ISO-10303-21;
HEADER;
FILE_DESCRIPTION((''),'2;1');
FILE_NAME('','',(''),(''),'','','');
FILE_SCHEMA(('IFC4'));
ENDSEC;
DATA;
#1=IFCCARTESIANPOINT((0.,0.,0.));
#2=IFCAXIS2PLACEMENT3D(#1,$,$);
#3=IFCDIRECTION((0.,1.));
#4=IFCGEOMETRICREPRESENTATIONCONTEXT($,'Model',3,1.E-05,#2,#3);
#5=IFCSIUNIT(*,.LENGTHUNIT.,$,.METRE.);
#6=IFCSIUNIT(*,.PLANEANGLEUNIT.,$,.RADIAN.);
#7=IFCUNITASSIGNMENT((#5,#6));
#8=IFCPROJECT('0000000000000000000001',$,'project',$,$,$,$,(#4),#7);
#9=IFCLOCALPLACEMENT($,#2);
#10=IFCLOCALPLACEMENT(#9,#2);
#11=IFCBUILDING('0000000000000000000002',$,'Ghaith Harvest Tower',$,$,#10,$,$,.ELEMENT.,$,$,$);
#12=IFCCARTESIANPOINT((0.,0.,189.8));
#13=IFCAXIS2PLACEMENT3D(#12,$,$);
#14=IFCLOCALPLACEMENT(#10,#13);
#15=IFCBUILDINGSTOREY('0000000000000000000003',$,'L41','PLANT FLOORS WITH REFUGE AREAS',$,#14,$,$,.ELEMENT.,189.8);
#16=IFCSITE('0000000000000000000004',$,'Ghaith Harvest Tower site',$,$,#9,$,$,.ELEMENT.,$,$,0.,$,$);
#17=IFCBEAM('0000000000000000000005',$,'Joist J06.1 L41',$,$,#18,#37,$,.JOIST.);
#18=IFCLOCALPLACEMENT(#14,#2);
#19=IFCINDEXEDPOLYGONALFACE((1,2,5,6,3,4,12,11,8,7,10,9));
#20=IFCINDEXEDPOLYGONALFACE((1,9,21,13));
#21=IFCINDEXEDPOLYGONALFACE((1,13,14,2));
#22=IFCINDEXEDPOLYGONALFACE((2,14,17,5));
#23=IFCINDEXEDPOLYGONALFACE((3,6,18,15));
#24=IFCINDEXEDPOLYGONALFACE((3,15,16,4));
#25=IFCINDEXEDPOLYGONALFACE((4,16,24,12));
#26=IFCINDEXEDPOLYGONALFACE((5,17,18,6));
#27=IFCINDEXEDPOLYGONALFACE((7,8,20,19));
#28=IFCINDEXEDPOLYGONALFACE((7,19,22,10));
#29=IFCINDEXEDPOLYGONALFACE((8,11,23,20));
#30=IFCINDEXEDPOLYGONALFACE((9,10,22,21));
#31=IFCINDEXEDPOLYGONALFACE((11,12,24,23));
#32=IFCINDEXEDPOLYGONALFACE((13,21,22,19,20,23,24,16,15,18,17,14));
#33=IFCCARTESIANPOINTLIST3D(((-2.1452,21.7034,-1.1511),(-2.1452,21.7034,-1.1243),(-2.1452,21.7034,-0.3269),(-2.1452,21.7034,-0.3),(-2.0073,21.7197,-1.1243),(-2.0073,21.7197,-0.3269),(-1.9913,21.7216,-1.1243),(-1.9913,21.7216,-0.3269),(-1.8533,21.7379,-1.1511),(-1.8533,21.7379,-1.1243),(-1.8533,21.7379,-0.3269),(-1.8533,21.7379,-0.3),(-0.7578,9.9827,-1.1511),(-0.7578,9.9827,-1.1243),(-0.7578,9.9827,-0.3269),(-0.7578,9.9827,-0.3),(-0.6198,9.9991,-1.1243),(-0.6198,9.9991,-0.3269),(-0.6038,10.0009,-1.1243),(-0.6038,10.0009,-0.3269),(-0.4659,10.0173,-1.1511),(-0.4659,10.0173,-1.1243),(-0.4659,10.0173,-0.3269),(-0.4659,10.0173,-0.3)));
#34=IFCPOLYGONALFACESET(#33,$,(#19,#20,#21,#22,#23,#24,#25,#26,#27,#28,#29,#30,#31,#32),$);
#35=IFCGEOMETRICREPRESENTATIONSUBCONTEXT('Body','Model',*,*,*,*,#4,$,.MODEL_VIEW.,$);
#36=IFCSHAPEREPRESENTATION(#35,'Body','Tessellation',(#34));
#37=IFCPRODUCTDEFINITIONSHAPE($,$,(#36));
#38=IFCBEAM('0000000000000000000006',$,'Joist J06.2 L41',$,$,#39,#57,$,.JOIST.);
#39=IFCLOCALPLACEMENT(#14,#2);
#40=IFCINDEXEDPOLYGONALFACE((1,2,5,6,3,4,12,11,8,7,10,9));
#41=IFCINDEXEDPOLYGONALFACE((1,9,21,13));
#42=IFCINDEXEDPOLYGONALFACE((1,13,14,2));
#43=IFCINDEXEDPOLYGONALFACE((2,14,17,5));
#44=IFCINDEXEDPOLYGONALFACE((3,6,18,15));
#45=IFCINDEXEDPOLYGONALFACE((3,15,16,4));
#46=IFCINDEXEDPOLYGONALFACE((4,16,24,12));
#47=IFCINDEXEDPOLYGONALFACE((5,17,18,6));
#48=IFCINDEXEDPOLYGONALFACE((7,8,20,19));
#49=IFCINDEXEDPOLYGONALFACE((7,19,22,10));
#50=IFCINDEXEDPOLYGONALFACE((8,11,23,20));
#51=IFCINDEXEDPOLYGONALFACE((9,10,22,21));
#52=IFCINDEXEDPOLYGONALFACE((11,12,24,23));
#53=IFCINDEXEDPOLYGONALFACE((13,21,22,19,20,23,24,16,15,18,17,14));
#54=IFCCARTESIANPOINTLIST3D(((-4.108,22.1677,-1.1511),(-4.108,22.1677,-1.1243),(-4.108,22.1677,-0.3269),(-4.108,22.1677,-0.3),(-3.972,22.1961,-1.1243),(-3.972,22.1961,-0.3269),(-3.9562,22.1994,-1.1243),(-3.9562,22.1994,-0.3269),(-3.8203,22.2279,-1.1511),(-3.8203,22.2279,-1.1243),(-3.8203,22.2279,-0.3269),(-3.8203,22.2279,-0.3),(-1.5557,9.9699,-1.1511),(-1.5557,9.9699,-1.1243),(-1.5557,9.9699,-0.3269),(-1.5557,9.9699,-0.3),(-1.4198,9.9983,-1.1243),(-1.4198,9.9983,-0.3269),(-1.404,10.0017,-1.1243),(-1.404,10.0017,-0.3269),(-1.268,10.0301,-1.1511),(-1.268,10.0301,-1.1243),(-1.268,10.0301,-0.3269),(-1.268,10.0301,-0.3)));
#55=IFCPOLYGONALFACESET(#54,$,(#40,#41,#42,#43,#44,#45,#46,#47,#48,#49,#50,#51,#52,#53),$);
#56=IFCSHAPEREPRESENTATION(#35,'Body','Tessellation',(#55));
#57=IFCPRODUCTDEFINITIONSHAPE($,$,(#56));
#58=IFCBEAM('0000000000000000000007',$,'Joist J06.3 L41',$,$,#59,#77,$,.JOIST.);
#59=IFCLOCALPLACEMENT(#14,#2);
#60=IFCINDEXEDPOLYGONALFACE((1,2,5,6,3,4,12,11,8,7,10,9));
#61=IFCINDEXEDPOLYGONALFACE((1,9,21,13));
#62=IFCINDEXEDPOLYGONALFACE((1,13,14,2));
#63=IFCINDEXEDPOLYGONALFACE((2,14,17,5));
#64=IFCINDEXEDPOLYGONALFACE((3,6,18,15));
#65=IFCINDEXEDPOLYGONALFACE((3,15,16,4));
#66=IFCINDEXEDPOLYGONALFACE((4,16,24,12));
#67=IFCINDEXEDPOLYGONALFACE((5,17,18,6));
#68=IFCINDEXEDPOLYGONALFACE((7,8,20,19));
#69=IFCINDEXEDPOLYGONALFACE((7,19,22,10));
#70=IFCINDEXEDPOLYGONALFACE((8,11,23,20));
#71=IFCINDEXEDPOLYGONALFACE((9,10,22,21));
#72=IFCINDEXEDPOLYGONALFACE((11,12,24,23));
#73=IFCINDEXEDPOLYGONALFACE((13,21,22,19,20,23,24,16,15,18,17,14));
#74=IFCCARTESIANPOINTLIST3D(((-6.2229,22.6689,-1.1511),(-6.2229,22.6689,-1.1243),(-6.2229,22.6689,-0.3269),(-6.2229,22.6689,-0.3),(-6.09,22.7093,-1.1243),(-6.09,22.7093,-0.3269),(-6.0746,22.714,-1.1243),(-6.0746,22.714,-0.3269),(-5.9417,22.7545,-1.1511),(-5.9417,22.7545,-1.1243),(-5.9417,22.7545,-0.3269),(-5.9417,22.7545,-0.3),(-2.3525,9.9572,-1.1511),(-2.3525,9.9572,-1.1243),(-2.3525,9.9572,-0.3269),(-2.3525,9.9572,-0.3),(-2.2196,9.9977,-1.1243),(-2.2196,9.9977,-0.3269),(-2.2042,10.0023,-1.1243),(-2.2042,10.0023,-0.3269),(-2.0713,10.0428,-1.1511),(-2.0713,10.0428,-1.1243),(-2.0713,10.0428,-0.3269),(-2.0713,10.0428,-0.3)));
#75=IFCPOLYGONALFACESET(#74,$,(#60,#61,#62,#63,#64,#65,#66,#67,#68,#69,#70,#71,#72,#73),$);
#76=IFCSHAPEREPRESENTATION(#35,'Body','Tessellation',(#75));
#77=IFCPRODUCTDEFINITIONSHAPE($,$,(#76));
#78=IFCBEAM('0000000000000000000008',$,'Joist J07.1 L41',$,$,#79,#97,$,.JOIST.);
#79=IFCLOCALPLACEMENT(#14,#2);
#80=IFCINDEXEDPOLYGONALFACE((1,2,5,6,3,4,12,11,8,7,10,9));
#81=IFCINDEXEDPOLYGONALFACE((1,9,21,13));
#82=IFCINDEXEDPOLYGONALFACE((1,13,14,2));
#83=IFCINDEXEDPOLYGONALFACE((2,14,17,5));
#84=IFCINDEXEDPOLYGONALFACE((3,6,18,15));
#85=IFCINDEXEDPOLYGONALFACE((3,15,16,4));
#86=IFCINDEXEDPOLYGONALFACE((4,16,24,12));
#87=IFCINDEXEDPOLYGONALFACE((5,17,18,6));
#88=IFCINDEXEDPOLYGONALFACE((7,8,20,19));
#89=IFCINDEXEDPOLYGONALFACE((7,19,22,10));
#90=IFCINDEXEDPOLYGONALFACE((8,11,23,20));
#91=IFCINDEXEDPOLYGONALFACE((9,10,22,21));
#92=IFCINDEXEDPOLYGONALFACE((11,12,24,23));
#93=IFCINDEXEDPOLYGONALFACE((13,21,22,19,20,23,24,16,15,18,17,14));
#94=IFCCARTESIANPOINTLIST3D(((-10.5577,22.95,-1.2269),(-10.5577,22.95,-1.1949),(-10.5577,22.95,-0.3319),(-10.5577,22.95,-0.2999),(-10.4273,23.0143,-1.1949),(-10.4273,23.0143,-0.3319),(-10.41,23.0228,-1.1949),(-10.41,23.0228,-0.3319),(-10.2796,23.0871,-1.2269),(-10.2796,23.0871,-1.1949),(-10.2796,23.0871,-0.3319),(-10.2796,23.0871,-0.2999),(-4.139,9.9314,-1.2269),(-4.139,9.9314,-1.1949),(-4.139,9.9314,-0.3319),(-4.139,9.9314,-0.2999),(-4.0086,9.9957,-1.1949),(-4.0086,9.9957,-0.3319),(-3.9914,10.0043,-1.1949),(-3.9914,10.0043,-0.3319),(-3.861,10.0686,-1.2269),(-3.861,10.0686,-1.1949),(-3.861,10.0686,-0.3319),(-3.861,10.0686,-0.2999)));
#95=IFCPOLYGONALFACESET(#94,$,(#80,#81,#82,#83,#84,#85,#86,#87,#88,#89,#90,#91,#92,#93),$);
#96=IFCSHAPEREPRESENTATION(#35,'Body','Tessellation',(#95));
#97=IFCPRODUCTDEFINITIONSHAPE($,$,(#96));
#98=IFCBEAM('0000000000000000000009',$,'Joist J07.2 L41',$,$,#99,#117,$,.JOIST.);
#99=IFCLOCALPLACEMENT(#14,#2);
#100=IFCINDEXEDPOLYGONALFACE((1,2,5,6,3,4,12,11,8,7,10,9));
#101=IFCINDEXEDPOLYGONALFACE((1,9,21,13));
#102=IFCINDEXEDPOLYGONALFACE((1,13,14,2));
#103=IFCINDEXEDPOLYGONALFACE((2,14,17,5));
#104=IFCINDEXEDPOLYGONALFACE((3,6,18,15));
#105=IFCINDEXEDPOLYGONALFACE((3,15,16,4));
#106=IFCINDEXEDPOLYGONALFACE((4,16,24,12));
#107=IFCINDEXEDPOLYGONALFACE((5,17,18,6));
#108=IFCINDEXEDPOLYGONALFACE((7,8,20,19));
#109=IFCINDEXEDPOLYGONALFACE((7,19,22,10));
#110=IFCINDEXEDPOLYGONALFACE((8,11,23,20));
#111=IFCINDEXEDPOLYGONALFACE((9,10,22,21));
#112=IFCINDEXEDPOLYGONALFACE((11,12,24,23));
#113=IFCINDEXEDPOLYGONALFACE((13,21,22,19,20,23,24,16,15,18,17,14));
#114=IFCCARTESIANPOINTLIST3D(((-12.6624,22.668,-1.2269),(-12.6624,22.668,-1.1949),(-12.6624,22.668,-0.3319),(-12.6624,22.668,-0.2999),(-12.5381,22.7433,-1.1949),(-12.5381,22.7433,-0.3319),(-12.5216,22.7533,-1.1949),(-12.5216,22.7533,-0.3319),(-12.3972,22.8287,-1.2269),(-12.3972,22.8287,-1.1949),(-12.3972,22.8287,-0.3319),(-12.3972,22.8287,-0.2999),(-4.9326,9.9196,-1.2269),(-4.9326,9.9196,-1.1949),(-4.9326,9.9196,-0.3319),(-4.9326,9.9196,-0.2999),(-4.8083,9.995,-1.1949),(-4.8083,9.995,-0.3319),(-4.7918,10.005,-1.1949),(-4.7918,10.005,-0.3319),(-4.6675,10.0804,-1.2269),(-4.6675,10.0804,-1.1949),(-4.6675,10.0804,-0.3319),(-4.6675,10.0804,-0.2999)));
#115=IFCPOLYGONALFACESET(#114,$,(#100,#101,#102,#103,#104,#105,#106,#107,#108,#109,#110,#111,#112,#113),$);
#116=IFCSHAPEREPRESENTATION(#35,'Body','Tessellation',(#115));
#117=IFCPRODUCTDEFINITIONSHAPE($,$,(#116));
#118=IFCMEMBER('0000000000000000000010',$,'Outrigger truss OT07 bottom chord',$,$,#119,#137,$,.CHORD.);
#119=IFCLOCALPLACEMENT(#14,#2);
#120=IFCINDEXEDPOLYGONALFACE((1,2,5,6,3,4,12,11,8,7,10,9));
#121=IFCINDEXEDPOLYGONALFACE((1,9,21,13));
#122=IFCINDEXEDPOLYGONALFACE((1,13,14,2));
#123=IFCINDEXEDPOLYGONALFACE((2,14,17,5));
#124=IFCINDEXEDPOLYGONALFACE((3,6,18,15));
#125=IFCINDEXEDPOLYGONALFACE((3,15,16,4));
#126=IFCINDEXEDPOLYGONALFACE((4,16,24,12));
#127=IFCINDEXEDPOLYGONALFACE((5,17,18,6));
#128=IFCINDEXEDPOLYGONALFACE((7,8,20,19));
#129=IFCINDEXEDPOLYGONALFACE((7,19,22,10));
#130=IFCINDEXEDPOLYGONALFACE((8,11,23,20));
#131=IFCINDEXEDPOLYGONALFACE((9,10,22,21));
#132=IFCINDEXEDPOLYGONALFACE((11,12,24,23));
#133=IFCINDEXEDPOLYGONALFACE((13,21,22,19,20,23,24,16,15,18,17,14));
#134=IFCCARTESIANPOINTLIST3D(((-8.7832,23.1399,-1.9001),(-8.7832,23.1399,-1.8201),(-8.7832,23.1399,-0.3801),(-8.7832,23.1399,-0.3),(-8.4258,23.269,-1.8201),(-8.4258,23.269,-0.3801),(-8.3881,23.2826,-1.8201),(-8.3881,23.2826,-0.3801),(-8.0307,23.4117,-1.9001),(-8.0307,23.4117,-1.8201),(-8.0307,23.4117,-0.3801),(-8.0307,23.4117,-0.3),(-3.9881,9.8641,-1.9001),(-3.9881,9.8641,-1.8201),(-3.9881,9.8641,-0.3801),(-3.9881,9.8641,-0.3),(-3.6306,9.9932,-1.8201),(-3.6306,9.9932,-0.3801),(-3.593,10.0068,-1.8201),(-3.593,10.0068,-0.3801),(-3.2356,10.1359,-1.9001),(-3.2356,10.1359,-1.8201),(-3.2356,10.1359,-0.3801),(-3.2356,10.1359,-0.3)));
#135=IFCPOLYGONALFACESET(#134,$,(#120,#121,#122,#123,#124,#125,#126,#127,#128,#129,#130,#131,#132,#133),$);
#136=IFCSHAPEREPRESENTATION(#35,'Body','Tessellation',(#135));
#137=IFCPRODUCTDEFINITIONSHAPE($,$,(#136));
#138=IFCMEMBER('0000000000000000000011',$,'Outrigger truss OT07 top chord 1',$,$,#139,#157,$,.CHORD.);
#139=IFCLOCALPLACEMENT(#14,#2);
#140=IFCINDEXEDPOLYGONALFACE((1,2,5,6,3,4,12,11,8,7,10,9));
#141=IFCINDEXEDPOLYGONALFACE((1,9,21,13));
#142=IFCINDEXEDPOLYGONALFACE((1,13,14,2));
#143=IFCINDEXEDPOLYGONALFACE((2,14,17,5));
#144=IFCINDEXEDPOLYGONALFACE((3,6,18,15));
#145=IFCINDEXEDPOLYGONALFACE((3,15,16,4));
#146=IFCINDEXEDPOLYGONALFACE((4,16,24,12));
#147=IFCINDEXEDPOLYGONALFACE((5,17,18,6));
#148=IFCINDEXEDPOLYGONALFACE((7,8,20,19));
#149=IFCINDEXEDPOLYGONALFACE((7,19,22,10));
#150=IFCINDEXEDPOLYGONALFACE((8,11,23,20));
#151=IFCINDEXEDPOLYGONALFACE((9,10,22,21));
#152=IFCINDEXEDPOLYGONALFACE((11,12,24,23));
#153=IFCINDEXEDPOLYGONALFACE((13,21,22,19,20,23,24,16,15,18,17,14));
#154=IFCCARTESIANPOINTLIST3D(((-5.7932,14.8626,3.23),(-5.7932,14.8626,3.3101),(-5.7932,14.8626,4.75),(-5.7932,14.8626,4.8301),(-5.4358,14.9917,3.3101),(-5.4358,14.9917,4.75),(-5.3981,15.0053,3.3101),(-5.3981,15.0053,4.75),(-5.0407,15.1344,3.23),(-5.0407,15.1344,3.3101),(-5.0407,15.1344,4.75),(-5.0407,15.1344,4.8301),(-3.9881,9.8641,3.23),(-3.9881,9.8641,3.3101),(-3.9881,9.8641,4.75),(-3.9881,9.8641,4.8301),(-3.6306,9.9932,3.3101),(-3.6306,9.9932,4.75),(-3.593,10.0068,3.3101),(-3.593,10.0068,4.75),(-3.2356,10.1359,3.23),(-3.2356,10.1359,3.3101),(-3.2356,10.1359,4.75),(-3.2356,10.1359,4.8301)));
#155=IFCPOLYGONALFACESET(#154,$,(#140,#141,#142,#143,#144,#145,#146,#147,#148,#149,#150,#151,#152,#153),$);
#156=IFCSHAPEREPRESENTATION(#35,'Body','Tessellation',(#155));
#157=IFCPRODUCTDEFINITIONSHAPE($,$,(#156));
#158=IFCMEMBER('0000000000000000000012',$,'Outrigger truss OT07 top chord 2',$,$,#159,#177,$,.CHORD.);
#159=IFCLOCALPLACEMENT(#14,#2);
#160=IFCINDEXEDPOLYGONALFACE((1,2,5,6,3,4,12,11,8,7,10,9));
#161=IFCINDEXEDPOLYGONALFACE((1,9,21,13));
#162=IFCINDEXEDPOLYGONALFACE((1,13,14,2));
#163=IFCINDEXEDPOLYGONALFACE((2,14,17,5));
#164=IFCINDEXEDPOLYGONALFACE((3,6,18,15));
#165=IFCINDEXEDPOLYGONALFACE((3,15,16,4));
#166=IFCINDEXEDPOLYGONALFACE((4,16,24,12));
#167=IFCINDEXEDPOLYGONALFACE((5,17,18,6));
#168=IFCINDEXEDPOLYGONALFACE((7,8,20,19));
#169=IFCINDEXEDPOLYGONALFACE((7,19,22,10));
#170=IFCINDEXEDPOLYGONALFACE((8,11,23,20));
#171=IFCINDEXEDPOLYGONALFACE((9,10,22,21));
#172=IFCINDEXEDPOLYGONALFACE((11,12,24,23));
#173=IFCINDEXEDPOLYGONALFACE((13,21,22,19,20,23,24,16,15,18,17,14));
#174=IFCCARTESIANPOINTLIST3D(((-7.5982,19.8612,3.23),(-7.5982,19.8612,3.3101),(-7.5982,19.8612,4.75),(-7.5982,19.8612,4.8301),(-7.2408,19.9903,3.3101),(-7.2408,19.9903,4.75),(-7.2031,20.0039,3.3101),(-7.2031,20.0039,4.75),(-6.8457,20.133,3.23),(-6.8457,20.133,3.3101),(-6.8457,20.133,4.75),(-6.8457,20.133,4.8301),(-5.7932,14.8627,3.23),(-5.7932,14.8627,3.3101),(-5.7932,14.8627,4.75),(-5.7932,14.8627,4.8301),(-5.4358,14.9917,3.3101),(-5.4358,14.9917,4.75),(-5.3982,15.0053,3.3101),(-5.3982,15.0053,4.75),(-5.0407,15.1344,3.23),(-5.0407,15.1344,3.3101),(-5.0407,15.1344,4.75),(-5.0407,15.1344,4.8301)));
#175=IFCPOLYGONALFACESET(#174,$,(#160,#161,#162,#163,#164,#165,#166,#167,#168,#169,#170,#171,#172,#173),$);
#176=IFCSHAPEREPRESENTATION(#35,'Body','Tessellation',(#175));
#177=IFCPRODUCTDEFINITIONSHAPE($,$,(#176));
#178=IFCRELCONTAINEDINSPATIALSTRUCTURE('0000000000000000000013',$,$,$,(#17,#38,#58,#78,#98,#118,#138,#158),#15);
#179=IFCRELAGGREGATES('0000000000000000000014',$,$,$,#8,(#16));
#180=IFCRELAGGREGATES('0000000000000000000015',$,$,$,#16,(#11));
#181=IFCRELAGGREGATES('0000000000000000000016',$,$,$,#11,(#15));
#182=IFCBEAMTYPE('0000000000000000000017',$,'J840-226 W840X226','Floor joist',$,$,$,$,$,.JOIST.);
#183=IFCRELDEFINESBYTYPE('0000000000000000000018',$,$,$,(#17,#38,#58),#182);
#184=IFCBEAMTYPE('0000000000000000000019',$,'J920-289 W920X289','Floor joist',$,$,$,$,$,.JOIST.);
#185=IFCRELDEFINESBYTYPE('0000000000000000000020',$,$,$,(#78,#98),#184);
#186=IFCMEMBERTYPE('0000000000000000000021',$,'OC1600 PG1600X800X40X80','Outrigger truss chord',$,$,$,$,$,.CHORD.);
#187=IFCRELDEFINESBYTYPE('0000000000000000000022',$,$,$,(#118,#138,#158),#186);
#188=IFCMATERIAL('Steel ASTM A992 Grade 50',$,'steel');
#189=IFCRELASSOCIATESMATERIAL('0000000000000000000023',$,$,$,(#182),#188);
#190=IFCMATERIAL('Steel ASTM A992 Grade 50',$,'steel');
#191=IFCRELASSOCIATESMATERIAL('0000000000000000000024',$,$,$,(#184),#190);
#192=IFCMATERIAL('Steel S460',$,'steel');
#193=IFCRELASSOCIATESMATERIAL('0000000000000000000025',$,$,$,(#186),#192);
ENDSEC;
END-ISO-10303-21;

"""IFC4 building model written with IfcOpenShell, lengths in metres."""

from ifc_helpers import new_model, si_unit, direction, frame, origin, origin_2d, place, context, subcontext, project, spatial, i_section, extrude, material, material_profile, profile_set, type_object, element, save


model = new_model("IFC4")

# Units and contexts
model_context = context("Model", 3, precision=1e-05, world=origin(), true_north=direction((0.0, 1.0)))
body_context = subcontext(model_context, "Body", "Model", "MODEL_VIEW")
ifc_project = project(units=[si_unit("LENGTHUNIT", "METRE"), si_unit("PLANEANGLEUNIT", "RADIAN")], contexts=[model_context])

# Site, building, storey
site_placement = place(None, origin())
site = spatial("IfcSite", under=ifc_project, at=site_placement, Name="Ghaith Harvest Tower site", CompositionType="ELEMENT", RefElevation=0.0)
building_placement = place(site_placement, origin())
building = spatial("IfcBuilding", under=site, at=building_placement, Name="Ghaith Harvest Tower", CompositionType="ELEMENT")
storey_placement = place(building_placement, frame((0.0, 0.0, 189.8)))
storey = spatial("IfcBuildingStorey", under=building, at=storey_placement, Name="L41", Description="PLANT FLOORS WITH REFUGE AREAS", CompositionType="ELEMENT", Elevation=189.8)

# Beams
ifc_material_1 = material(Name="Steel ASTM A992 Grade 50", Category="steel")
ifc_material_profile_1 = material_profile(ifc_material_1, i_section(OverallWidth=0.2939, OverallDepth=0.8511, WebThickness=0.0161, FlangeThickness=0.0269, at=origin_2d()), Name="W840X226")
ifc_profile_set_1 = profile_set([ifc_material_profile_1], Name="Steel ASTM A992 Grade 50")
beam_type_1 = type_object("IfcBeamType", Name="J840-226 W840X226", Description="Floor joist", PredefinedType="JOIST", material=ifc_profile_set_1)
beam_1_placement = place(storey_placement, frame((-0.6118, 10.0, -0.7256), z_axis=(-0.117555, 0.993066, 0.0), x_axis=(-0.993066, -0.117555, 0.0)))
element("IfcBeam", 1, at=beam_1_placement, inside=storey, type_object=beam_type_1, Name="Joist J06.1 L41", PredefinedType="JOIST", context=body_context, shape_type="SweptSolid", body=[
    extrude(i_section(OverallWidth=0.2939, OverallDepth=0.8511, WebThickness=0.0161, FlangeThickness=0.0269, at=origin_2d()), origin(), (0.0, 0.0, 1.0), 11.8025),
])
beam_2_placement = place(storey_placement, frame((-1.4119, 10.0, -0.7256), z_axis=(-0.204804, 0.978803, 0.0), x_axis=(-0.978803, -0.204804, 0.0)))
element("IfcBeam", 2, at=beam_2_placement, inside=storey, type_object=beam_type_1, Name="Joist J06.2 L41", PredefinedType="JOIST", context=body_context, shape_type="SweptSolid", body=[
    extrude(i_section(OverallWidth=0.2939, OverallDepth=0.8511, WebThickness=0.0161, FlangeThickness=0.0269, at=origin_2d()), origin(), (0.0, 0.0, 1.0), 12.4619),
])
beam_3_placement = place(storey_placement, frame((-2.2119, 10.0, -0.7256), z_axis=(-0.291271, 0.95664, 0.0), x_axis=(-0.95664, -0.291271, 0.0)))
element("IfcBeam", 3, at=beam_3_placement, inside=storey, type_object=beam_type_1, Name="Joist J06.3 L41", PredefinedType="JOIST", context=body_context, shape_type="SweptSolid", body=[
    extrude(i_section(OverallWidth=0.2939, OverallDepth=0.8511, WebThickness=0.0161, FlangeThickness=0.0269, at=origin_2d()), origin(), (0.0, 0.0, 1.0), 13.2878),
])
ifc_material_2 = material(Name="Steel ASTM A992 Grade 50", Category="steel")
ifc_material_profile_2 = material_profile(ifc_material_2, i_section(OverallWidth=0.3101, OverallDepth=0.927, WebThickness=0.0193, FlangeThickness=0.032, at=origin_2d()), Name="W920X289")
ifc_profile_set_2 = profile_set([ifc_material_profile_2], Name="Steel ASTM A992 Grade 50")
beam_type_2 = type_object("IfcBeamType", Name="J920-289 W920X289", Description="Floor joist", PredefinedType="JOIST", material=ifc_profile_set_2)
beam_4_placement = place(storey_placement, frame((-4.0, 10.0, -0.7634), z_axis=(-0.442214, 0.896909, 0.0), x_axis=(-0.896909, -0.442214, 0.0)))
element("IfcBeam", 4, at=beam_4_placement, inside=storey, type_object=beam_type_2, Name="Joist J07.1 L41", PredefinedType="JOIST", context=body_context, shape_type="SweptSolid", body=[
    extrude(i_section(OverallWidth=0.3101, OverallDepth=0.927, WebThickness=0.0193, FlangeThickness=0.032, at=origin_2d()), origin(), (0.0, 0.0, 1.0), 14.5149),
])
beam_5_placement = place(storey_placement, frame((-4.8, 10.0, -0.7634), z_axis=(-0.518473, 0.855094, 0.0), x_axis=(-0.855094, -0.518473, 0.0)))
element("IfcBeam", 5, at=beam_5_placement, inside=storey, type_object=beam_type_2, Name="Joist J07.2 L41", PredefinedType="JOIST", context=body_context, shape_type="SweptSolid", body=[
    extrude(i_section(OverallWidth=0.3101, OverallDepth=0.927, WebThickness=0.0193, FlangeThickness=0.032, at=origin_2d()), origin(), (0.0, 0.0, 1.0), 14.9087),
])

# Members
ifc_material_3 = material(Name="Steel S460", Category="steel")
ifc_material_profile_3 = material_profile(ifc_material_3, i_section(OverallWidth=0.8, OverallDepth=1.6001, WebThickness=0.04, FlangeThickness=0.0801, at=origin_2d()), Name="PG1600X800X40X80")
ifc_profile_set_3 = profile_set([ifc_material_profile_3], Name="Steel S460")
member_type_1 = type_object("IfcMemberType", Name="OC1600 PG1600X800X40X80", Description="Outrigger truss chord", PredefinedType="CHORD", material=ifc_profile_set_3)
member_1_placement = place(storey_placement, frame((-3.6118, 10.0, -1.1001), z_axis=(-0.339713, 0.940529, 0.0), x_axis=(-0.940529, -0.339713, 0.0)))
element("IfcMember", 6, at=member_1_placement, inside=storey, type_object=member_type_1, Name="Outrigger truss OT07 bottom chord", PredefinedType="CHORD", context=body_context, shape_type="SweptSolid", body=[
    extrude(i_section(OverallWidth=0.8, OverallDepth=1.6001, WebThickness=0.04, FlangeThickness=0.0801, at=origin_2d()), origin(), (0.0, 0.0, 1.0), 14.1152),
])
for number, where, z_axis, x_axis, name in (
    (7, (-3.6118, 10.0, 4.03), (-0.339669, 0.940545, 0.0), (-0.940545, -0.339669, 0.0), "Outrigger truss OT07 top chord 1"),
    (8, (-5.417, 14.9985, 4.03), (-0.339629, 0.94056, 0.0), (-0.94056, -0.339629, 0.0), "Outrigger truss OT07 top chord 2"),
):
    element("IfcMember", number, at=place(storey_placement, frame(where, z_axis=z_axis, x_axis=x_axis)), inside=storey, type_object=member_type_1, Name=name, PredefinedType="CHORD", context=body_context, shape_type="SweptSolid", body=[
        extrude(i_section(OverallWidth=0.8, OverallDepth=1.6001, WebThickness=0.04, FlangeThickness=0.0801, at=origin_2d()), origin(), (0.0, 0.0, 1.0), 5.3145),
    ])

save(model, "model.ifc")
